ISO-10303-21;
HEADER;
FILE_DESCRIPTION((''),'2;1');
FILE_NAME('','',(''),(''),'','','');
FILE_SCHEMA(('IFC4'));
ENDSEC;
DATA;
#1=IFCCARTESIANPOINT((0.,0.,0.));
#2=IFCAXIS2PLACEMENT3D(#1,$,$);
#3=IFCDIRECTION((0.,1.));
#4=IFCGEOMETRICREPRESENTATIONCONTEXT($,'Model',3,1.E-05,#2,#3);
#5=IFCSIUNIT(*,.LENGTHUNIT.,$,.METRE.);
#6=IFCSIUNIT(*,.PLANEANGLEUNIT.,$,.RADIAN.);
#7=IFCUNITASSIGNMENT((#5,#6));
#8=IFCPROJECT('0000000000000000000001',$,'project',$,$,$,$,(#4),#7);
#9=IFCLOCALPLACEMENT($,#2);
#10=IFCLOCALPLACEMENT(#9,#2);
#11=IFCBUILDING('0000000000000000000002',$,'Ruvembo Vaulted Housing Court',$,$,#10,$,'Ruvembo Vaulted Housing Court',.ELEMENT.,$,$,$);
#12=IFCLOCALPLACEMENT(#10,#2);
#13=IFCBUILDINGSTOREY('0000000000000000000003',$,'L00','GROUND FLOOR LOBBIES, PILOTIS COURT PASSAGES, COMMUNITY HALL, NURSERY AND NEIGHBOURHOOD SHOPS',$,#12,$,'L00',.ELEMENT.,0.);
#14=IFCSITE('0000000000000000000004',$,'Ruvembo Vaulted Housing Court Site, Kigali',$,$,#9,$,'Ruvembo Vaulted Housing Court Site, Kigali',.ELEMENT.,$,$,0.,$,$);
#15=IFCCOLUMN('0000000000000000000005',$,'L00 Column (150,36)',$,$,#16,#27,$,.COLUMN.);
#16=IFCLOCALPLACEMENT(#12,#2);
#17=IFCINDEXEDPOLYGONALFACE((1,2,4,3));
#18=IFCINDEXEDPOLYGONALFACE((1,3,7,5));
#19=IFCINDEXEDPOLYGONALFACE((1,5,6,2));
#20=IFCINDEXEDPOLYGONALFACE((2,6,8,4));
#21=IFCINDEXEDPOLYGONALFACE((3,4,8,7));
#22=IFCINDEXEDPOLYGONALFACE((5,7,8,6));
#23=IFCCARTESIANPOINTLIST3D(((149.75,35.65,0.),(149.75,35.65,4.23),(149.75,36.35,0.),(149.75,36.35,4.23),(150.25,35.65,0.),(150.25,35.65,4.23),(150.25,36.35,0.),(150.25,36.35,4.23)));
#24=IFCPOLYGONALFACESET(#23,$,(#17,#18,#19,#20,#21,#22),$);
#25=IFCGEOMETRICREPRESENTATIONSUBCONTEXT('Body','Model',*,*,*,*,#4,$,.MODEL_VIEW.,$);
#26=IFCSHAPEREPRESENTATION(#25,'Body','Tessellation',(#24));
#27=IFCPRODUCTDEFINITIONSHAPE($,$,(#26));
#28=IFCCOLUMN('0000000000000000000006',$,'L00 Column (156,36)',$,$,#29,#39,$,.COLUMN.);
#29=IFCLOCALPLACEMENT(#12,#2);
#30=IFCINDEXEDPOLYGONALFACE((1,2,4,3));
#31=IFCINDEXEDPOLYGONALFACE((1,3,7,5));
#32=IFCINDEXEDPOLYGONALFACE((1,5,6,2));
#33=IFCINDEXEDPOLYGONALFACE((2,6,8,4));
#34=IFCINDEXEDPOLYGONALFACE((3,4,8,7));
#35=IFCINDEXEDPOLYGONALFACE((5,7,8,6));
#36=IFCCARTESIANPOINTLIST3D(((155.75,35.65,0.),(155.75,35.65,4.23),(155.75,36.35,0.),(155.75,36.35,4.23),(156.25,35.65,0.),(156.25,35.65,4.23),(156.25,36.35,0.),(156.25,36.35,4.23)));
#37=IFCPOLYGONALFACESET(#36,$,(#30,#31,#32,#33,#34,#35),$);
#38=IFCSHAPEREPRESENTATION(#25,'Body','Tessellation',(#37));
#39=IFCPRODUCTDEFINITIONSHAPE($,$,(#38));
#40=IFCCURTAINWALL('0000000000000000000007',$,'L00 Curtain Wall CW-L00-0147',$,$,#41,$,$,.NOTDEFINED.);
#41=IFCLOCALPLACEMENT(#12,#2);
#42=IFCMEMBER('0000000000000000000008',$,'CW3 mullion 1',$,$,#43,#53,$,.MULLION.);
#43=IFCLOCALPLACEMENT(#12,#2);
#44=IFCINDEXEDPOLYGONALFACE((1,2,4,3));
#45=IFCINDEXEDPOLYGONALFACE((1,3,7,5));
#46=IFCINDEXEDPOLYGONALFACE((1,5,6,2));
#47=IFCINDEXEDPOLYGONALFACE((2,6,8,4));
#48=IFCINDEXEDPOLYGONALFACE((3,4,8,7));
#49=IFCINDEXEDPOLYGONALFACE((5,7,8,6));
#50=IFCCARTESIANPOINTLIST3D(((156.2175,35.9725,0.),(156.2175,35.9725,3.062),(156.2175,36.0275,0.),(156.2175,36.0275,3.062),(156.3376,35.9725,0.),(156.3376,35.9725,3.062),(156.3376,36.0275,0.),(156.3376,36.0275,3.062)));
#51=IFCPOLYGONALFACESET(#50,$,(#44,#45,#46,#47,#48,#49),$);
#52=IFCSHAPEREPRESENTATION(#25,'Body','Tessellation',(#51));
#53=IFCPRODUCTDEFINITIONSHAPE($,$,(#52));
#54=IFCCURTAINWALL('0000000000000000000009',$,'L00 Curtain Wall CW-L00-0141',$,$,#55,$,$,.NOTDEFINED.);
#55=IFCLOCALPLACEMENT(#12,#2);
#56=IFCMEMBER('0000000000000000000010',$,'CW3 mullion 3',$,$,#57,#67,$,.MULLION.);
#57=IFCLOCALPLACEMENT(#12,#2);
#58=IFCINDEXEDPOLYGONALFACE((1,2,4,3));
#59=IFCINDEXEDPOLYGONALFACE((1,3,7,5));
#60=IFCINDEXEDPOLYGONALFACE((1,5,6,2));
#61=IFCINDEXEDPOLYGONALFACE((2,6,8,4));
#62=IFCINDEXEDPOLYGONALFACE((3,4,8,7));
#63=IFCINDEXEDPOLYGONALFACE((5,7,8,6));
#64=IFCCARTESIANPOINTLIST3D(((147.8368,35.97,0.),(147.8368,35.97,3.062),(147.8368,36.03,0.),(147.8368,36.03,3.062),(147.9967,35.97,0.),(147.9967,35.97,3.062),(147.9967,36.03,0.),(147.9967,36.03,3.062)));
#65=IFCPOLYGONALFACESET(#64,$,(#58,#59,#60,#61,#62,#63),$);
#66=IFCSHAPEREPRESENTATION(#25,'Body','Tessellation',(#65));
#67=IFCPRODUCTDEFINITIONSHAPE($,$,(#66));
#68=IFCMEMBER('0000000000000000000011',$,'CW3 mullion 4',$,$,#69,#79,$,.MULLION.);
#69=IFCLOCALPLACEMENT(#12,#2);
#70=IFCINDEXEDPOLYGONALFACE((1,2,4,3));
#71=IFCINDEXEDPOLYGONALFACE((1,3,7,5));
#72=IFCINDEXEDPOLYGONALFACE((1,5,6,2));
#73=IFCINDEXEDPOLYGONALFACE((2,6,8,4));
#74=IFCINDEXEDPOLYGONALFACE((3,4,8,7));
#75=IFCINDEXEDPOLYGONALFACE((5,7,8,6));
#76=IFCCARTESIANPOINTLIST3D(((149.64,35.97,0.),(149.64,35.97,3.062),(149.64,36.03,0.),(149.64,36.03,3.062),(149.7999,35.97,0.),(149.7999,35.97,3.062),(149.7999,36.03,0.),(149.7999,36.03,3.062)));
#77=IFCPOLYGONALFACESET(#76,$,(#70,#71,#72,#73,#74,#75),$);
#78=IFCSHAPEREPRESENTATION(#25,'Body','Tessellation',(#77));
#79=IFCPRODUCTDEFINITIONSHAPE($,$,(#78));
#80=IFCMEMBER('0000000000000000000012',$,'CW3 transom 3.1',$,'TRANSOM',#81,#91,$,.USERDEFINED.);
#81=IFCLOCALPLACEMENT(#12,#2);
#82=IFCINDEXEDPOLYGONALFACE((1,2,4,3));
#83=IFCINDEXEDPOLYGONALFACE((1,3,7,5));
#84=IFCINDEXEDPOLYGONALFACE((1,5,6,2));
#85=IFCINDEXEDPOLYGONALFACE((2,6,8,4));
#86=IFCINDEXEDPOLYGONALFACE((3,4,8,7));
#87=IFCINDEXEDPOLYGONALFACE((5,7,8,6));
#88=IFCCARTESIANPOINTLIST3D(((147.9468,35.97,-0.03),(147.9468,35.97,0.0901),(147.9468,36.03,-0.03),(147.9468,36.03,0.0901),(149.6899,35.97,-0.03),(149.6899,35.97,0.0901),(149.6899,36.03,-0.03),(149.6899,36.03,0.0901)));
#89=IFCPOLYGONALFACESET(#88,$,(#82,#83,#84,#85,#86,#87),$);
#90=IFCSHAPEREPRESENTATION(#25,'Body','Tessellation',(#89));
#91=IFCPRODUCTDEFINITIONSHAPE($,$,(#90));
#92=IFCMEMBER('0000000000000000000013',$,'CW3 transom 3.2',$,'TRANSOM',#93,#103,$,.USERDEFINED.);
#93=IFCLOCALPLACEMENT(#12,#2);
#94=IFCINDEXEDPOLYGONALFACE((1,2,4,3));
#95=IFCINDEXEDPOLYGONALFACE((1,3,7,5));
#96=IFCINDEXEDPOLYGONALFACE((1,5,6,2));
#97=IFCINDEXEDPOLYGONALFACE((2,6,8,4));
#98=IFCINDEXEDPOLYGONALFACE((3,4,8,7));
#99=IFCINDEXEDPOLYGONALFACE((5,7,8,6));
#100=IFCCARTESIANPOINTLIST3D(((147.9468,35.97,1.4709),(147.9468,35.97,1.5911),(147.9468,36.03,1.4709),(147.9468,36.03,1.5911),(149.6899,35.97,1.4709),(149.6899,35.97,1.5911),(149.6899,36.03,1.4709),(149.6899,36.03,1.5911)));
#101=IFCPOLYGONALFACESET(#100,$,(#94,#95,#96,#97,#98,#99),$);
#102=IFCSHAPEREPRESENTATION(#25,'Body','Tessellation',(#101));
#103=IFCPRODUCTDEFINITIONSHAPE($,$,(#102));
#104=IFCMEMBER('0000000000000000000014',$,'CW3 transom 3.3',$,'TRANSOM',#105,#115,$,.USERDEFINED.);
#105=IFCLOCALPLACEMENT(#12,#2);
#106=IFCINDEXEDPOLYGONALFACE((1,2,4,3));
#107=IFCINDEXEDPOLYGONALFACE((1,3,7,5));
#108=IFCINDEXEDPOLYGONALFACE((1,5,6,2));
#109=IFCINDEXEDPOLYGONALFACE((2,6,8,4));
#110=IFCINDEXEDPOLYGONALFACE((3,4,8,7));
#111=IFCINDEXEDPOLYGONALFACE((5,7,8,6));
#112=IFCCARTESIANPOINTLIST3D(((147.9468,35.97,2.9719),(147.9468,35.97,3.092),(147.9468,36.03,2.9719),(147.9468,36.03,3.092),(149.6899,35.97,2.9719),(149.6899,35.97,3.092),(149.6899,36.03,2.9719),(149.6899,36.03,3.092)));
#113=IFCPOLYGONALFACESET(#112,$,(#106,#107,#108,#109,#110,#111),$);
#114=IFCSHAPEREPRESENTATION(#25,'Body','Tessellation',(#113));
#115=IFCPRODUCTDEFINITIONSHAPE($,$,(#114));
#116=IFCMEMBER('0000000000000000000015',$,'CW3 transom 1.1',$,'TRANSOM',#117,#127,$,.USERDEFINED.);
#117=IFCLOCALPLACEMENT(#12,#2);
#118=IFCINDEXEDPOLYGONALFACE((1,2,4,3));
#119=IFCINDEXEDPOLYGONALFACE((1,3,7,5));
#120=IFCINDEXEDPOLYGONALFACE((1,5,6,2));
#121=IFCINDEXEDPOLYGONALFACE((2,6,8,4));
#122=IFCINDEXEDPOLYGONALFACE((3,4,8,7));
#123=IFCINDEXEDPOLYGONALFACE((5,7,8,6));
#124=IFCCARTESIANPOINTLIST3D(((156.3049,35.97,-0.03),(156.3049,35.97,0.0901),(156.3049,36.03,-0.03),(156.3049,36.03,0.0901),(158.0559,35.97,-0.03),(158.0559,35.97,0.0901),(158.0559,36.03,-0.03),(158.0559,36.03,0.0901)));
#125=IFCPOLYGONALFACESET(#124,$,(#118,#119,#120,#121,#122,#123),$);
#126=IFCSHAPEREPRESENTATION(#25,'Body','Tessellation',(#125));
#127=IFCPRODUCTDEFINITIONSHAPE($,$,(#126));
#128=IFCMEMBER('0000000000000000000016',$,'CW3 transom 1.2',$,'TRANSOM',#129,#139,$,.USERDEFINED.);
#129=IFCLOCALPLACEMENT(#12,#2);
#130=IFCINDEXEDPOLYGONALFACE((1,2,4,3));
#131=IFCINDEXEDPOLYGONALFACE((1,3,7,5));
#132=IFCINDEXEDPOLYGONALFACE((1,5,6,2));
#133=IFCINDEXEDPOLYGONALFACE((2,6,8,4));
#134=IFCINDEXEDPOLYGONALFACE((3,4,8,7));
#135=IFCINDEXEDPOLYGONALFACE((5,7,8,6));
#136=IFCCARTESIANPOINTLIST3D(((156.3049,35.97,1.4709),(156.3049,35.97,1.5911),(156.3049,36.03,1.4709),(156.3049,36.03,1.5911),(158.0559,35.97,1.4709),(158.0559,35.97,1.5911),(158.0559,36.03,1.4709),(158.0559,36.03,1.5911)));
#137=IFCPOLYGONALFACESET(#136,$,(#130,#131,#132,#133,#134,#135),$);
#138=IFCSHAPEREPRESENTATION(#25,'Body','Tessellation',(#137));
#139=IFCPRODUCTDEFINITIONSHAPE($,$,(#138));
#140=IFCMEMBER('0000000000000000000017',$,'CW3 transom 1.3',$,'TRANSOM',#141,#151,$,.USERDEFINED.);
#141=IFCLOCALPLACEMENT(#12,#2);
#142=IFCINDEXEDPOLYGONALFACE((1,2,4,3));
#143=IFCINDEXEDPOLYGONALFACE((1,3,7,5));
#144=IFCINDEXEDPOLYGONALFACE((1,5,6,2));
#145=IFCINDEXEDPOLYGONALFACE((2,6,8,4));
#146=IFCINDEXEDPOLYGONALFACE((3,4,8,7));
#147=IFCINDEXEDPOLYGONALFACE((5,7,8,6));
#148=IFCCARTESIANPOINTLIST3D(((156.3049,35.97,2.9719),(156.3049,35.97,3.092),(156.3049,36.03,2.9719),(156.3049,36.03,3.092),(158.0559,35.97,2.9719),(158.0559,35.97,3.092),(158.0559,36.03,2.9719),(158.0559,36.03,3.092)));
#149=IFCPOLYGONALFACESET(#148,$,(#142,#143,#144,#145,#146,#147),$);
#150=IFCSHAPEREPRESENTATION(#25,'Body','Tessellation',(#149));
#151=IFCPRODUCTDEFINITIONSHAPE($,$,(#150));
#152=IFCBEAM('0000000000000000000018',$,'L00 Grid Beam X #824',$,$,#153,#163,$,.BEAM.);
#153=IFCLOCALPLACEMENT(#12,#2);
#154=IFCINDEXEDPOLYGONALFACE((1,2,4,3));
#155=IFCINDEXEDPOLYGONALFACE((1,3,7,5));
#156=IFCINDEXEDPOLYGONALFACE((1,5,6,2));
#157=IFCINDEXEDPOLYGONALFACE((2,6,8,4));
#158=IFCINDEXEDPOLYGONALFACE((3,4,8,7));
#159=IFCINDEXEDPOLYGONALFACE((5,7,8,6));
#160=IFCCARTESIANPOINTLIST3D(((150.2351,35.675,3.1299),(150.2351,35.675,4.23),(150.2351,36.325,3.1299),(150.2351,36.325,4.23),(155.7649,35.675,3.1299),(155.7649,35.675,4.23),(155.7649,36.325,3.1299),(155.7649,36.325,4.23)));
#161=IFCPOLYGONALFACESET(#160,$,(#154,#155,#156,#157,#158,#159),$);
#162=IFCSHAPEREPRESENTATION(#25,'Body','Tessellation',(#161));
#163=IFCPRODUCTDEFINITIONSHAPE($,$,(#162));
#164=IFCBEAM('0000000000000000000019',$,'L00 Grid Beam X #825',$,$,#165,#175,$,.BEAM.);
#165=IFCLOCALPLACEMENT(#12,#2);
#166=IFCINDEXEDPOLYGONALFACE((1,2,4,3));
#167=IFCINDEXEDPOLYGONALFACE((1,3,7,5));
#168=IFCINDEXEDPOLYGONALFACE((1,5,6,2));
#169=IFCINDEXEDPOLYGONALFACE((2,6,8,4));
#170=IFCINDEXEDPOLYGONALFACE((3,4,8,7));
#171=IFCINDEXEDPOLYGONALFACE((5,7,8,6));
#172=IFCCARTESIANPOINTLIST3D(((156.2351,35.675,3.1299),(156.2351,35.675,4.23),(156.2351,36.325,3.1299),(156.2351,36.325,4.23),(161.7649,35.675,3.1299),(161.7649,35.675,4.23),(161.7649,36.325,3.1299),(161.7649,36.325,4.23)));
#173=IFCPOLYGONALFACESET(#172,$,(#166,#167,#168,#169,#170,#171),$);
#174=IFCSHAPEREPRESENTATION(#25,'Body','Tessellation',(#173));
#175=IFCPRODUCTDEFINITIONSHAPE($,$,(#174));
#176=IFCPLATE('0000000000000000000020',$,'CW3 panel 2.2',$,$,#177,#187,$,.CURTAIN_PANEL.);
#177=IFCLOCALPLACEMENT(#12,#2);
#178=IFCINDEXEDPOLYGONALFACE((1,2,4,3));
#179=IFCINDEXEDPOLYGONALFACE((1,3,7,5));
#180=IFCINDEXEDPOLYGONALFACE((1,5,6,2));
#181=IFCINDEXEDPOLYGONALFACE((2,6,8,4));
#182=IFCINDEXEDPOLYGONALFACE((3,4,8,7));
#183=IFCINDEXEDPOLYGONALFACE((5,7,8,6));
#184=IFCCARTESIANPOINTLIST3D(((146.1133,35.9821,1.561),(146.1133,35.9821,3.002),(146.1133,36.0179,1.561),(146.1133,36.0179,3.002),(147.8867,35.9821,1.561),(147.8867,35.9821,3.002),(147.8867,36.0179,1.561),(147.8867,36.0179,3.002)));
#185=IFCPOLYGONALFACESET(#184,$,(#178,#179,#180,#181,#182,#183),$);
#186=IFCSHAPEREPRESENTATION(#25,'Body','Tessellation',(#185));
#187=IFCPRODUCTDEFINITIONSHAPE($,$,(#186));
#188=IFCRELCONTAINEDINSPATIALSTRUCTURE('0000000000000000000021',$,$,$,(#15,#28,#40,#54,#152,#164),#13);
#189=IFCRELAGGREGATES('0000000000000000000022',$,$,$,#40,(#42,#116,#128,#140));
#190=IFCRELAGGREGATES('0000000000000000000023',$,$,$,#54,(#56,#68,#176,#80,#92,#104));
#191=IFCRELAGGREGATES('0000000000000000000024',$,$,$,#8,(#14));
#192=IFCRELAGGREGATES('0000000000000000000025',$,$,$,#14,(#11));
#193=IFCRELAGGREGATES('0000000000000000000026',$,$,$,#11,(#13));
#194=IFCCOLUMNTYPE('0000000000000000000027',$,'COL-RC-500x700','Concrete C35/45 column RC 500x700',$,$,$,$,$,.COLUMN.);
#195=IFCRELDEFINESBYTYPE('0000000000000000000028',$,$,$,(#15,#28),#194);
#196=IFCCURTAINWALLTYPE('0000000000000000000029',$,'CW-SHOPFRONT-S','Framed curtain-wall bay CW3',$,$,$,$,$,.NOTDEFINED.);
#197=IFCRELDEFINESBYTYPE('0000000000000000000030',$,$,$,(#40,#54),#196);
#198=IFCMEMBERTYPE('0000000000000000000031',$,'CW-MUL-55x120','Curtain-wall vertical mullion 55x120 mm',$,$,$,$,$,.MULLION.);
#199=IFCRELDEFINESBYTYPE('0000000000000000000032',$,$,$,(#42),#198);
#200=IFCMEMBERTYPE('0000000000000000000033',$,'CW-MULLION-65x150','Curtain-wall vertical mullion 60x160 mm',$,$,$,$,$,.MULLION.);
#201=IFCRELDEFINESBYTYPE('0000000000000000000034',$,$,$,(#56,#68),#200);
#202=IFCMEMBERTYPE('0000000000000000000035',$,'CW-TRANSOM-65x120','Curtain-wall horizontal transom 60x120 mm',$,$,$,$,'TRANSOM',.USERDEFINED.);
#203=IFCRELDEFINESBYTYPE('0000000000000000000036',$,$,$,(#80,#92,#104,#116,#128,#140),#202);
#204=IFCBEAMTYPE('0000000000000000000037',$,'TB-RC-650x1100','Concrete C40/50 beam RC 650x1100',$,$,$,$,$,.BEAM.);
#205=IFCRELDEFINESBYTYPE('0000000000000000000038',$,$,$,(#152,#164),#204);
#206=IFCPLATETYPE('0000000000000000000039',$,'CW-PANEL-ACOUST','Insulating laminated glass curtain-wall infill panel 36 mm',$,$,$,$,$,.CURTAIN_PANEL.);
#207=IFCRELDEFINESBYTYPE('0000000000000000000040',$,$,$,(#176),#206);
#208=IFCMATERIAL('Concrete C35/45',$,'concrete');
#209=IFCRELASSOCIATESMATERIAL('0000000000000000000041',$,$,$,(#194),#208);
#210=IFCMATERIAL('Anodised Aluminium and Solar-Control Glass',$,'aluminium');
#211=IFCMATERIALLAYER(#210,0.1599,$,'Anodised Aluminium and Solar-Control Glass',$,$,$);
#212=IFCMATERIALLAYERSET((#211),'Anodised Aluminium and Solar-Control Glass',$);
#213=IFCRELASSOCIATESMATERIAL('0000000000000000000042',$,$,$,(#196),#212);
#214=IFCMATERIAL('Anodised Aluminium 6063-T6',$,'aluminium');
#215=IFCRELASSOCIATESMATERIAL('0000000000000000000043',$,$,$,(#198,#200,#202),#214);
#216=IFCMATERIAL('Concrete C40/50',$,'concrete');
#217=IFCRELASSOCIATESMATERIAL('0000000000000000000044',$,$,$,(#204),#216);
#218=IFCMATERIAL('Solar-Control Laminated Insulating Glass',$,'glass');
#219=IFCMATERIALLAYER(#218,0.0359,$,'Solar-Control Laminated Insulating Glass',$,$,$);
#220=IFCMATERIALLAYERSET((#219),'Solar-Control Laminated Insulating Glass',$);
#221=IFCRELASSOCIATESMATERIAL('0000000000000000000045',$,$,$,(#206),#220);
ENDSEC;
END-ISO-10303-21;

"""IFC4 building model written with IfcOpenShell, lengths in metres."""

from ifc_helpers import new_model, si_unit, direction, frame, origin, origin_2d, place, context, subcontext, project, spatial, rectangle, extrude, material, layer, layer_set, material_profile, profile_set, type_object, element, aggregate, save


model = new_model("IFC4")

# Units and contexts
model_context = context("Model", 3, precision=1e-05, world=origin(), true_north=direction((0.0, 1.0)))
body_context = subcontext(model_context, "Body", "Model", "MODEL_VIEW")
ifc_project = project(units=[si_unit("LENGTHUNIT", "METRE"), si_unit("PLANEANGLEUNIT", "RADIAN")], contexts=[model_context])

# Site, building, storey
site_placement = place(None, origin())
site = spatial("IfcSite", under=ifc_project, at=site_placement, Name="Ruvembo Vaulted Housing Court Site, Kigali", LongName="Ruvembo Vaulted Housing Court Site, Kigali", CompositionType="ELEMENT", RefElevation=0.0)
building_placement = place(site_placement, origin())
building = spatial("IfcBuilding", under=site, at=building_placement, Name="Ruvembo Vaulted Housing Court", LongName="Ruvembo Vaulted Housing Court", CompositionType="ELEMENT")
storey_placement = place(building_placement, origin())
storey = spatial("IfcBuildingStorey", under=building, at=storey_placement, Name="L00", Description="GROUND FLOOR LOBBIES, PILOTIS COURT PASSAGES, COMMUNITY HALL, NURSERY AND NEIGHBOURHOOD SHOPS", LongName="L00", CompositionType="ELEMENT", Elevation=0.0)

# Columns
ifc_material_1 = material(Name="Concrete C35/45", Category="concrete")
ifc_material_profile_1 = material_profile(ifc_material_1, rectangle(XDim=0.5, YDim=0.7, at=origin_2d()), Name="RC 500x700")
ifc_profile_set_1 = profile_set([ifc_material_profile_1], Name="Concrete C35/45")
column_type = type_object("IfcColumnType", Name="COL-RC-500x700", Description="Concrete C35/45 column RC 500x700", PredefinedType="COLUMN", material=ifc_profile_set_1)
for number, where, z_axis, x_axis, name in (
    (1, (150.0, 36.0, 0.0), (0.0, 0.0, 1.0), (1.0, 0.0, 0.0), "L00 Column (150,36)"),
    (2, (156.0, 36.0, 0.0), (0.0, 0.0, 1.0), (1.0, 0.0, 0.0), "L00 Column (156,36)"),
):
    element("IfcColumn", number, at=place(storey_placement, frame(where, z_axis=z_axis, x_axis=x_axis)), inside=storey, type_object=column_type, Name=name, PredefinedType="COLUMN", context=body_context, shape_type="SweptSolid", body=[
        extrude(rectangle(XDim=0.5, YDim=0.7, at=origin_2d()), origin(), (0.0, 0.0, 1.0), 4.23),
    ])

# Curtain wall, member
ifc_material_2 = material(Name="Anodised Aluminium and Solar-Control Glass", Category="aluminium")
ifc_layer_1 = layer(ifc_material_2, 0.1599, Name="Anodised Aluminium and Solar-Control Glass")
ifc_layer_set_1 = layer_set([ifc_layer_1], Name="Anodised Aluminium and Solar-Control Glass")
curtain_wall_type = type_object("IfcCurtainWallType", Name="CW-SHOPFRONT-S", Description="Framed curtain-wall bay CW3", PredefinedType="NOTDEFINED", material=ifc_layer_set_1)
curtain_wall_1_placement = place(storey_placement, origin())
curtain_wall_1 = element("IfcCurtainWall", 3, at=curtain_wall_1_placement, inside=storey, type_object=curtain_wall_type, Name="L00 Curtain Wall CW-L00-0147", PredefinedType="NOTDEFINED")
ifc_material_3 = material(Name="Anodised Aluminium 6063-T6", Category="aluminium")
ifc_material_profile_2 = material_profile(ifc_material_3, rectangle(XDim=0.0549, YDim=0.1201, at=origin_2d()), Name="ALU 55x120")
ifc_profile_set_2 = profile_set([ifc_material_profile_2], Name="Anodised Aluminium 6063-T6")
member_type_1 = type_object("IfcMemberType", Name="CW-MUL-55x120", Description="Curtain-wall vertical mullion 55x120 mm", PredefinedType="MULLION", material=ifc_profile_set_2)
member_1_placement = place(storey_placement, frame((156.2776, 36.0, 0.0), z_axis=(0.0, 0.0, 1.0), x_axis=(0.0, 1.0, 0.0)))
member_1 = element("IfcMember", 4, at=member_1_placement, type_object=member_type_1, Name="CW3 mullion 1", PredefinedType="MULLION", context=body_context, shape_type="SweptSolid", body=[
    extrude(rectangle(XDim=0.0549, YDim=0.1201, at=origin_2d()), origin(), (0.0, 0.0, 1.0), 3.062),
])

# Curtain wall, members
curtain_wall_2_placement = place(storey_placement, origin())
curtain_wall_2 = element("IfcCurtainWall", 5, at=curtain_wall_2_placement, inside=storey, type_object=curtain_wall_type, Name="L00 Curtain Wall CW-L00-0141", PredefinedType="NOTDEFINED")
ifc_material_profile_3 = material_profile(ifc_material_3, rectangle(XDim=0.0601, YDim=0.1599, at=origin_2d()), Name="ALU 60x160")
ifc_profile_set_3 = profile_set([ifc_material_profile_3], Name="Anodised Aluminium 6063-T6")
member_type_2 = type_object("IfcMemberType", Name="CW-MULLION-65x150", Description="Curtain-wall vertical mullion 60x160 mm", PredefinedType="MULLION", material=ifc_profile_set_3)
member_2_placement = place(storey_placement, frame((147.9167, 36.0, 0.0), z_axis=(0.0, 0.0, 1.0), x_axis=(0.0, 1.0, 0.0)))
member_2 = element("IfcMember", 6, at=member_2_placement, type_object=member_type_2, Name="CW3 mullion 3", PredefinedType="MULLION", context=body_context, shape_type="SweptSolid", body=[
    extrude(rectangle(XDim=0.0601, YDim=0.1599, at=origin_2d()), origin(), (0.0, 0.0, 1.0), 3.062),
])
member_3_placement = place(storey_placement, frame((149.72, 36.0, 0.0), z_axis=(0.0, 0.0, 1.0), x_axis=(0.0, 1.0, 0.0)))
member_3 = element("IfcMember", 7, at=member_3_placement, type_object=member_type_2, Name="CW3 mullion 4", PredefinedType="MULLION", context=body_context, shape_type="SweptSolid", body=[
    extrude(rectangle(XDim=0.0601, YDim=0.1599, at=origin_2d()), origin(), (0.0, 0.0, 1.0), 3.062),
])
ifc_material_profile_4 = material_profile(ifc_material_3, rectangle(XDim=0.0601, YDim=0.1201, at=origin_2d()), Name="ALU 60x120")
ifc_profile_set_4 = profile_set([ifc_material_profile_4], Name="Anodised Aluminium 6063-T6")
member_type_3 = type_object("IfcMemberType", Name="CW-TRANSOM-65x120", Description="Curtain-wall horizontal transom 60x120 mm", ElementType="TRANSOM", PredefinedType="USERDEFINED", material=ifc_profile_set_4)
member_4_placement = place(storey_placement, frame((147.9468, 36.0, 0.03), z_axis=(1.0, 0.0, 0.0), x_axis=(0.0, 1.0, 0.0)))
member_4 = element("IfcMember", 8, at=member_4_placement, type_object=member_type_3, Name="CW3 transom 3.1", ObjectType="TRANSOM", PredefinedType="USERDEFINED", context=body_context, shape_type="SweptSolid", body=[
    extrude(rectangle(XDim=0.0601, YDim=0.1201, at=origin_2d()), origin(), (0.0, 0.0, 1.0), 1.7432),
])
member_5_placement = place(storey_placement, frame((147.9468, 36.0, 1.531), z_axis=(1.0, 0.0, 0.0), x_axis=(0.0, 1.0, 0.0)))
member_5 = element("IfcMember", 9, at=member_5_placement, type_object=member_type_3, Name="CW3 transom 3.2", ObjectType="TRANSOM", PredefinedType="USERDEFINED", context=body_context, shape_type="SweptSolid", body=[
    extrude(rectangle(XDim=0.0601, YDim=0.1201, at=origin_2d()), origin(), (0.0, 0.0, 1.0), 1.7432),
])
member_6_placement = place(storey_placement, frame((147.9468, 36.0, 3.032), z_axis=(1.0, 0.0, 0.0), x_axis=(0.0, 1.0, 0.0)))
member_6 = element("IfcMember", 10, at=member_6_placement, type_object=member_type_3, Name="CW3 transom 3.3", ObjectType="TRANSOM", PredefinedType="USERDEFINED", context=body_context, shape_type="SweptSolid", body=[
    extrude(rectangle(XDim=0.0601, YDim=0.1201, at=origin_2d()), origin(), (0.0, 0.0, 1.0), 1.7432),
])

# Members
member_7_placement = place(storey_placement, frame((156.3049, 36.0, 0.03), z_axis=(1.0, 0.0, 0.0), x_axis=(0.0, 1.0, 0.0)))
member_7 = element("IfcMember", 11, at=member_7_placement, type_object=member_type_3, Name="CW3 transom 1.1", ObjectType="TRANSOM", PredefinedType="USERDEFINED", context=body_context, shape_type="SweptSolid", body=[
    extrude(rectangle(XDim=0.0601, YDim=0.1201, at=origin_2d()), origin(), (0.0, 0.0, 1.0), 1.751),
])
member_8_placement = place(storey_placement, frame((156.3049, 36.0, 1.531), z_axis=(1.0, 0.0, 0.0), x_axis=(0.0, 1.0, 0.0)))
member_8 = element("IfcMember", 12, at=member_8_placement, type_object=member_type_3, Name="CW3 transom 1.2", ObjectType="TRANSOM", PredefinedType="USERDEFINED", context=body_context, shape_type="SweptSolid", body=[
    extrude(rectangle(XDim=0.0601, YDim=0.1201, at=origin_2d()), origin(), (0.0, 0.0, 1.0), 1.751),
])
member_9_placement = place(storey_placement, frame((156.3049, 36.0, 3.032), z_axis=(1.0, 0.0, 0.0), x_axis=(0.0, 1.0, 0.0)))
member_9 = element("IfcMember", 13, at=member_9_placement, type_object=member_type_3, Name="CW3 transom 1.3", ObjectType="TRANSOM", PredefinedType="USERDEFINED", context=body_context, shape_type="SweptSolid", body=[
    extrude(rectangle(XDim=0.0601, YDim=0.1201, at=origin_2d()), origin(), (0.0, 0.0, 1.0), 1.751),
])
aggregate(curtain_wall_1, [member_1, member_7, member_8, member_9])

# Beams
ifc_material_4 = material(Name="Concrete C40/50", Category="concrete")
ifc_material_profile_5 = material_profile(ifc_material_4, rectangle(XDim=0.6499, YDim=1.1001, at=origin_2d()), Name="RC 650x1100")
ifc_profile_set_5 = profile_set([ifc_material_profile_5], Name="Concrete C40/50")
beam_type = type_object("IfcBeamType", Name="TB-RC-650x1100", Description="Concrete C40/50 beam RC 650x1100", PredefinedType="BEAM", material=ifc_profile_set_5)
for number, where, z_axis, x_axis, name in (
    (14, (150.2351, 36.0, 3.6799), (1.0, 0.0, 0.0), (0.0, 1.0, 0.0), "L00 Grid Beam X #824"),
    (15, (156.2351, 36.0, 3.6799), (1.0, 0.0, 0.0), (0.0, 1.0, 0.0), "L00 Grid Beam X #825"),
):
    element("IfcBeam", number, at=place(storey_placement, frame(where, z_axis=z_axis, x_axis=x_axis)), inside=storey, type_object=beam_type, Name=name, PredefinedType="BEAM", context=body_context, shape_type="SweptSolid", body=[
        extrude(rectangle(XDim=0.6499, YDim=1.1001, at=origin_2d()), origin(), (0.0, 0.0, 1.0), 5.5298),
    ])

# Plate
ifc_material_5 = material(Name="Solar-Control Laminated Insulating Glass", Category="glass")
ifc_layer_2 = layer(ifc_material_5, 0.0359, Name="Solar-Control Laminated Insulating Glass")
ifc_layer_set_2 = layer_set([ifc_layer_2], Name="Solar-Control Laminated Insulating Glass")
plate_type = type_object("IfcPlateType", Name="CW-PANEL-ACOUST", Description="Insulating laminated glass curtain-wall infill panel 36 mm", PredefinedType="CURTAIN_PANEL", material=ifc_layer_set_2)
plate_1_placement = place(storey_placement, frame((147.0, 36.0, 1.561), z_axis=(0.0, 0.0, 1.0), x_axis=(1.0, 0.0, 0.0)))
plate_1 = element("IfcPlate", 16, at=plate_1_placement, type_object=plate_type, Name="CW3 panel 2.2", PredefinedType="CURTAIN_PANEL", context=body_context, shape_type="SweptSolid", body=[
    extrude(rectangle(XDim=1.7734, YDim=0.0359, at=origin_2d()), origin(), (0.0, 0.0, 1.0), 1.4409),
])
aggregate(curtain_wall_2, [member_2, member_3, plate_1, member_4, member_5, member_6])

save(model, "model.ifc")
